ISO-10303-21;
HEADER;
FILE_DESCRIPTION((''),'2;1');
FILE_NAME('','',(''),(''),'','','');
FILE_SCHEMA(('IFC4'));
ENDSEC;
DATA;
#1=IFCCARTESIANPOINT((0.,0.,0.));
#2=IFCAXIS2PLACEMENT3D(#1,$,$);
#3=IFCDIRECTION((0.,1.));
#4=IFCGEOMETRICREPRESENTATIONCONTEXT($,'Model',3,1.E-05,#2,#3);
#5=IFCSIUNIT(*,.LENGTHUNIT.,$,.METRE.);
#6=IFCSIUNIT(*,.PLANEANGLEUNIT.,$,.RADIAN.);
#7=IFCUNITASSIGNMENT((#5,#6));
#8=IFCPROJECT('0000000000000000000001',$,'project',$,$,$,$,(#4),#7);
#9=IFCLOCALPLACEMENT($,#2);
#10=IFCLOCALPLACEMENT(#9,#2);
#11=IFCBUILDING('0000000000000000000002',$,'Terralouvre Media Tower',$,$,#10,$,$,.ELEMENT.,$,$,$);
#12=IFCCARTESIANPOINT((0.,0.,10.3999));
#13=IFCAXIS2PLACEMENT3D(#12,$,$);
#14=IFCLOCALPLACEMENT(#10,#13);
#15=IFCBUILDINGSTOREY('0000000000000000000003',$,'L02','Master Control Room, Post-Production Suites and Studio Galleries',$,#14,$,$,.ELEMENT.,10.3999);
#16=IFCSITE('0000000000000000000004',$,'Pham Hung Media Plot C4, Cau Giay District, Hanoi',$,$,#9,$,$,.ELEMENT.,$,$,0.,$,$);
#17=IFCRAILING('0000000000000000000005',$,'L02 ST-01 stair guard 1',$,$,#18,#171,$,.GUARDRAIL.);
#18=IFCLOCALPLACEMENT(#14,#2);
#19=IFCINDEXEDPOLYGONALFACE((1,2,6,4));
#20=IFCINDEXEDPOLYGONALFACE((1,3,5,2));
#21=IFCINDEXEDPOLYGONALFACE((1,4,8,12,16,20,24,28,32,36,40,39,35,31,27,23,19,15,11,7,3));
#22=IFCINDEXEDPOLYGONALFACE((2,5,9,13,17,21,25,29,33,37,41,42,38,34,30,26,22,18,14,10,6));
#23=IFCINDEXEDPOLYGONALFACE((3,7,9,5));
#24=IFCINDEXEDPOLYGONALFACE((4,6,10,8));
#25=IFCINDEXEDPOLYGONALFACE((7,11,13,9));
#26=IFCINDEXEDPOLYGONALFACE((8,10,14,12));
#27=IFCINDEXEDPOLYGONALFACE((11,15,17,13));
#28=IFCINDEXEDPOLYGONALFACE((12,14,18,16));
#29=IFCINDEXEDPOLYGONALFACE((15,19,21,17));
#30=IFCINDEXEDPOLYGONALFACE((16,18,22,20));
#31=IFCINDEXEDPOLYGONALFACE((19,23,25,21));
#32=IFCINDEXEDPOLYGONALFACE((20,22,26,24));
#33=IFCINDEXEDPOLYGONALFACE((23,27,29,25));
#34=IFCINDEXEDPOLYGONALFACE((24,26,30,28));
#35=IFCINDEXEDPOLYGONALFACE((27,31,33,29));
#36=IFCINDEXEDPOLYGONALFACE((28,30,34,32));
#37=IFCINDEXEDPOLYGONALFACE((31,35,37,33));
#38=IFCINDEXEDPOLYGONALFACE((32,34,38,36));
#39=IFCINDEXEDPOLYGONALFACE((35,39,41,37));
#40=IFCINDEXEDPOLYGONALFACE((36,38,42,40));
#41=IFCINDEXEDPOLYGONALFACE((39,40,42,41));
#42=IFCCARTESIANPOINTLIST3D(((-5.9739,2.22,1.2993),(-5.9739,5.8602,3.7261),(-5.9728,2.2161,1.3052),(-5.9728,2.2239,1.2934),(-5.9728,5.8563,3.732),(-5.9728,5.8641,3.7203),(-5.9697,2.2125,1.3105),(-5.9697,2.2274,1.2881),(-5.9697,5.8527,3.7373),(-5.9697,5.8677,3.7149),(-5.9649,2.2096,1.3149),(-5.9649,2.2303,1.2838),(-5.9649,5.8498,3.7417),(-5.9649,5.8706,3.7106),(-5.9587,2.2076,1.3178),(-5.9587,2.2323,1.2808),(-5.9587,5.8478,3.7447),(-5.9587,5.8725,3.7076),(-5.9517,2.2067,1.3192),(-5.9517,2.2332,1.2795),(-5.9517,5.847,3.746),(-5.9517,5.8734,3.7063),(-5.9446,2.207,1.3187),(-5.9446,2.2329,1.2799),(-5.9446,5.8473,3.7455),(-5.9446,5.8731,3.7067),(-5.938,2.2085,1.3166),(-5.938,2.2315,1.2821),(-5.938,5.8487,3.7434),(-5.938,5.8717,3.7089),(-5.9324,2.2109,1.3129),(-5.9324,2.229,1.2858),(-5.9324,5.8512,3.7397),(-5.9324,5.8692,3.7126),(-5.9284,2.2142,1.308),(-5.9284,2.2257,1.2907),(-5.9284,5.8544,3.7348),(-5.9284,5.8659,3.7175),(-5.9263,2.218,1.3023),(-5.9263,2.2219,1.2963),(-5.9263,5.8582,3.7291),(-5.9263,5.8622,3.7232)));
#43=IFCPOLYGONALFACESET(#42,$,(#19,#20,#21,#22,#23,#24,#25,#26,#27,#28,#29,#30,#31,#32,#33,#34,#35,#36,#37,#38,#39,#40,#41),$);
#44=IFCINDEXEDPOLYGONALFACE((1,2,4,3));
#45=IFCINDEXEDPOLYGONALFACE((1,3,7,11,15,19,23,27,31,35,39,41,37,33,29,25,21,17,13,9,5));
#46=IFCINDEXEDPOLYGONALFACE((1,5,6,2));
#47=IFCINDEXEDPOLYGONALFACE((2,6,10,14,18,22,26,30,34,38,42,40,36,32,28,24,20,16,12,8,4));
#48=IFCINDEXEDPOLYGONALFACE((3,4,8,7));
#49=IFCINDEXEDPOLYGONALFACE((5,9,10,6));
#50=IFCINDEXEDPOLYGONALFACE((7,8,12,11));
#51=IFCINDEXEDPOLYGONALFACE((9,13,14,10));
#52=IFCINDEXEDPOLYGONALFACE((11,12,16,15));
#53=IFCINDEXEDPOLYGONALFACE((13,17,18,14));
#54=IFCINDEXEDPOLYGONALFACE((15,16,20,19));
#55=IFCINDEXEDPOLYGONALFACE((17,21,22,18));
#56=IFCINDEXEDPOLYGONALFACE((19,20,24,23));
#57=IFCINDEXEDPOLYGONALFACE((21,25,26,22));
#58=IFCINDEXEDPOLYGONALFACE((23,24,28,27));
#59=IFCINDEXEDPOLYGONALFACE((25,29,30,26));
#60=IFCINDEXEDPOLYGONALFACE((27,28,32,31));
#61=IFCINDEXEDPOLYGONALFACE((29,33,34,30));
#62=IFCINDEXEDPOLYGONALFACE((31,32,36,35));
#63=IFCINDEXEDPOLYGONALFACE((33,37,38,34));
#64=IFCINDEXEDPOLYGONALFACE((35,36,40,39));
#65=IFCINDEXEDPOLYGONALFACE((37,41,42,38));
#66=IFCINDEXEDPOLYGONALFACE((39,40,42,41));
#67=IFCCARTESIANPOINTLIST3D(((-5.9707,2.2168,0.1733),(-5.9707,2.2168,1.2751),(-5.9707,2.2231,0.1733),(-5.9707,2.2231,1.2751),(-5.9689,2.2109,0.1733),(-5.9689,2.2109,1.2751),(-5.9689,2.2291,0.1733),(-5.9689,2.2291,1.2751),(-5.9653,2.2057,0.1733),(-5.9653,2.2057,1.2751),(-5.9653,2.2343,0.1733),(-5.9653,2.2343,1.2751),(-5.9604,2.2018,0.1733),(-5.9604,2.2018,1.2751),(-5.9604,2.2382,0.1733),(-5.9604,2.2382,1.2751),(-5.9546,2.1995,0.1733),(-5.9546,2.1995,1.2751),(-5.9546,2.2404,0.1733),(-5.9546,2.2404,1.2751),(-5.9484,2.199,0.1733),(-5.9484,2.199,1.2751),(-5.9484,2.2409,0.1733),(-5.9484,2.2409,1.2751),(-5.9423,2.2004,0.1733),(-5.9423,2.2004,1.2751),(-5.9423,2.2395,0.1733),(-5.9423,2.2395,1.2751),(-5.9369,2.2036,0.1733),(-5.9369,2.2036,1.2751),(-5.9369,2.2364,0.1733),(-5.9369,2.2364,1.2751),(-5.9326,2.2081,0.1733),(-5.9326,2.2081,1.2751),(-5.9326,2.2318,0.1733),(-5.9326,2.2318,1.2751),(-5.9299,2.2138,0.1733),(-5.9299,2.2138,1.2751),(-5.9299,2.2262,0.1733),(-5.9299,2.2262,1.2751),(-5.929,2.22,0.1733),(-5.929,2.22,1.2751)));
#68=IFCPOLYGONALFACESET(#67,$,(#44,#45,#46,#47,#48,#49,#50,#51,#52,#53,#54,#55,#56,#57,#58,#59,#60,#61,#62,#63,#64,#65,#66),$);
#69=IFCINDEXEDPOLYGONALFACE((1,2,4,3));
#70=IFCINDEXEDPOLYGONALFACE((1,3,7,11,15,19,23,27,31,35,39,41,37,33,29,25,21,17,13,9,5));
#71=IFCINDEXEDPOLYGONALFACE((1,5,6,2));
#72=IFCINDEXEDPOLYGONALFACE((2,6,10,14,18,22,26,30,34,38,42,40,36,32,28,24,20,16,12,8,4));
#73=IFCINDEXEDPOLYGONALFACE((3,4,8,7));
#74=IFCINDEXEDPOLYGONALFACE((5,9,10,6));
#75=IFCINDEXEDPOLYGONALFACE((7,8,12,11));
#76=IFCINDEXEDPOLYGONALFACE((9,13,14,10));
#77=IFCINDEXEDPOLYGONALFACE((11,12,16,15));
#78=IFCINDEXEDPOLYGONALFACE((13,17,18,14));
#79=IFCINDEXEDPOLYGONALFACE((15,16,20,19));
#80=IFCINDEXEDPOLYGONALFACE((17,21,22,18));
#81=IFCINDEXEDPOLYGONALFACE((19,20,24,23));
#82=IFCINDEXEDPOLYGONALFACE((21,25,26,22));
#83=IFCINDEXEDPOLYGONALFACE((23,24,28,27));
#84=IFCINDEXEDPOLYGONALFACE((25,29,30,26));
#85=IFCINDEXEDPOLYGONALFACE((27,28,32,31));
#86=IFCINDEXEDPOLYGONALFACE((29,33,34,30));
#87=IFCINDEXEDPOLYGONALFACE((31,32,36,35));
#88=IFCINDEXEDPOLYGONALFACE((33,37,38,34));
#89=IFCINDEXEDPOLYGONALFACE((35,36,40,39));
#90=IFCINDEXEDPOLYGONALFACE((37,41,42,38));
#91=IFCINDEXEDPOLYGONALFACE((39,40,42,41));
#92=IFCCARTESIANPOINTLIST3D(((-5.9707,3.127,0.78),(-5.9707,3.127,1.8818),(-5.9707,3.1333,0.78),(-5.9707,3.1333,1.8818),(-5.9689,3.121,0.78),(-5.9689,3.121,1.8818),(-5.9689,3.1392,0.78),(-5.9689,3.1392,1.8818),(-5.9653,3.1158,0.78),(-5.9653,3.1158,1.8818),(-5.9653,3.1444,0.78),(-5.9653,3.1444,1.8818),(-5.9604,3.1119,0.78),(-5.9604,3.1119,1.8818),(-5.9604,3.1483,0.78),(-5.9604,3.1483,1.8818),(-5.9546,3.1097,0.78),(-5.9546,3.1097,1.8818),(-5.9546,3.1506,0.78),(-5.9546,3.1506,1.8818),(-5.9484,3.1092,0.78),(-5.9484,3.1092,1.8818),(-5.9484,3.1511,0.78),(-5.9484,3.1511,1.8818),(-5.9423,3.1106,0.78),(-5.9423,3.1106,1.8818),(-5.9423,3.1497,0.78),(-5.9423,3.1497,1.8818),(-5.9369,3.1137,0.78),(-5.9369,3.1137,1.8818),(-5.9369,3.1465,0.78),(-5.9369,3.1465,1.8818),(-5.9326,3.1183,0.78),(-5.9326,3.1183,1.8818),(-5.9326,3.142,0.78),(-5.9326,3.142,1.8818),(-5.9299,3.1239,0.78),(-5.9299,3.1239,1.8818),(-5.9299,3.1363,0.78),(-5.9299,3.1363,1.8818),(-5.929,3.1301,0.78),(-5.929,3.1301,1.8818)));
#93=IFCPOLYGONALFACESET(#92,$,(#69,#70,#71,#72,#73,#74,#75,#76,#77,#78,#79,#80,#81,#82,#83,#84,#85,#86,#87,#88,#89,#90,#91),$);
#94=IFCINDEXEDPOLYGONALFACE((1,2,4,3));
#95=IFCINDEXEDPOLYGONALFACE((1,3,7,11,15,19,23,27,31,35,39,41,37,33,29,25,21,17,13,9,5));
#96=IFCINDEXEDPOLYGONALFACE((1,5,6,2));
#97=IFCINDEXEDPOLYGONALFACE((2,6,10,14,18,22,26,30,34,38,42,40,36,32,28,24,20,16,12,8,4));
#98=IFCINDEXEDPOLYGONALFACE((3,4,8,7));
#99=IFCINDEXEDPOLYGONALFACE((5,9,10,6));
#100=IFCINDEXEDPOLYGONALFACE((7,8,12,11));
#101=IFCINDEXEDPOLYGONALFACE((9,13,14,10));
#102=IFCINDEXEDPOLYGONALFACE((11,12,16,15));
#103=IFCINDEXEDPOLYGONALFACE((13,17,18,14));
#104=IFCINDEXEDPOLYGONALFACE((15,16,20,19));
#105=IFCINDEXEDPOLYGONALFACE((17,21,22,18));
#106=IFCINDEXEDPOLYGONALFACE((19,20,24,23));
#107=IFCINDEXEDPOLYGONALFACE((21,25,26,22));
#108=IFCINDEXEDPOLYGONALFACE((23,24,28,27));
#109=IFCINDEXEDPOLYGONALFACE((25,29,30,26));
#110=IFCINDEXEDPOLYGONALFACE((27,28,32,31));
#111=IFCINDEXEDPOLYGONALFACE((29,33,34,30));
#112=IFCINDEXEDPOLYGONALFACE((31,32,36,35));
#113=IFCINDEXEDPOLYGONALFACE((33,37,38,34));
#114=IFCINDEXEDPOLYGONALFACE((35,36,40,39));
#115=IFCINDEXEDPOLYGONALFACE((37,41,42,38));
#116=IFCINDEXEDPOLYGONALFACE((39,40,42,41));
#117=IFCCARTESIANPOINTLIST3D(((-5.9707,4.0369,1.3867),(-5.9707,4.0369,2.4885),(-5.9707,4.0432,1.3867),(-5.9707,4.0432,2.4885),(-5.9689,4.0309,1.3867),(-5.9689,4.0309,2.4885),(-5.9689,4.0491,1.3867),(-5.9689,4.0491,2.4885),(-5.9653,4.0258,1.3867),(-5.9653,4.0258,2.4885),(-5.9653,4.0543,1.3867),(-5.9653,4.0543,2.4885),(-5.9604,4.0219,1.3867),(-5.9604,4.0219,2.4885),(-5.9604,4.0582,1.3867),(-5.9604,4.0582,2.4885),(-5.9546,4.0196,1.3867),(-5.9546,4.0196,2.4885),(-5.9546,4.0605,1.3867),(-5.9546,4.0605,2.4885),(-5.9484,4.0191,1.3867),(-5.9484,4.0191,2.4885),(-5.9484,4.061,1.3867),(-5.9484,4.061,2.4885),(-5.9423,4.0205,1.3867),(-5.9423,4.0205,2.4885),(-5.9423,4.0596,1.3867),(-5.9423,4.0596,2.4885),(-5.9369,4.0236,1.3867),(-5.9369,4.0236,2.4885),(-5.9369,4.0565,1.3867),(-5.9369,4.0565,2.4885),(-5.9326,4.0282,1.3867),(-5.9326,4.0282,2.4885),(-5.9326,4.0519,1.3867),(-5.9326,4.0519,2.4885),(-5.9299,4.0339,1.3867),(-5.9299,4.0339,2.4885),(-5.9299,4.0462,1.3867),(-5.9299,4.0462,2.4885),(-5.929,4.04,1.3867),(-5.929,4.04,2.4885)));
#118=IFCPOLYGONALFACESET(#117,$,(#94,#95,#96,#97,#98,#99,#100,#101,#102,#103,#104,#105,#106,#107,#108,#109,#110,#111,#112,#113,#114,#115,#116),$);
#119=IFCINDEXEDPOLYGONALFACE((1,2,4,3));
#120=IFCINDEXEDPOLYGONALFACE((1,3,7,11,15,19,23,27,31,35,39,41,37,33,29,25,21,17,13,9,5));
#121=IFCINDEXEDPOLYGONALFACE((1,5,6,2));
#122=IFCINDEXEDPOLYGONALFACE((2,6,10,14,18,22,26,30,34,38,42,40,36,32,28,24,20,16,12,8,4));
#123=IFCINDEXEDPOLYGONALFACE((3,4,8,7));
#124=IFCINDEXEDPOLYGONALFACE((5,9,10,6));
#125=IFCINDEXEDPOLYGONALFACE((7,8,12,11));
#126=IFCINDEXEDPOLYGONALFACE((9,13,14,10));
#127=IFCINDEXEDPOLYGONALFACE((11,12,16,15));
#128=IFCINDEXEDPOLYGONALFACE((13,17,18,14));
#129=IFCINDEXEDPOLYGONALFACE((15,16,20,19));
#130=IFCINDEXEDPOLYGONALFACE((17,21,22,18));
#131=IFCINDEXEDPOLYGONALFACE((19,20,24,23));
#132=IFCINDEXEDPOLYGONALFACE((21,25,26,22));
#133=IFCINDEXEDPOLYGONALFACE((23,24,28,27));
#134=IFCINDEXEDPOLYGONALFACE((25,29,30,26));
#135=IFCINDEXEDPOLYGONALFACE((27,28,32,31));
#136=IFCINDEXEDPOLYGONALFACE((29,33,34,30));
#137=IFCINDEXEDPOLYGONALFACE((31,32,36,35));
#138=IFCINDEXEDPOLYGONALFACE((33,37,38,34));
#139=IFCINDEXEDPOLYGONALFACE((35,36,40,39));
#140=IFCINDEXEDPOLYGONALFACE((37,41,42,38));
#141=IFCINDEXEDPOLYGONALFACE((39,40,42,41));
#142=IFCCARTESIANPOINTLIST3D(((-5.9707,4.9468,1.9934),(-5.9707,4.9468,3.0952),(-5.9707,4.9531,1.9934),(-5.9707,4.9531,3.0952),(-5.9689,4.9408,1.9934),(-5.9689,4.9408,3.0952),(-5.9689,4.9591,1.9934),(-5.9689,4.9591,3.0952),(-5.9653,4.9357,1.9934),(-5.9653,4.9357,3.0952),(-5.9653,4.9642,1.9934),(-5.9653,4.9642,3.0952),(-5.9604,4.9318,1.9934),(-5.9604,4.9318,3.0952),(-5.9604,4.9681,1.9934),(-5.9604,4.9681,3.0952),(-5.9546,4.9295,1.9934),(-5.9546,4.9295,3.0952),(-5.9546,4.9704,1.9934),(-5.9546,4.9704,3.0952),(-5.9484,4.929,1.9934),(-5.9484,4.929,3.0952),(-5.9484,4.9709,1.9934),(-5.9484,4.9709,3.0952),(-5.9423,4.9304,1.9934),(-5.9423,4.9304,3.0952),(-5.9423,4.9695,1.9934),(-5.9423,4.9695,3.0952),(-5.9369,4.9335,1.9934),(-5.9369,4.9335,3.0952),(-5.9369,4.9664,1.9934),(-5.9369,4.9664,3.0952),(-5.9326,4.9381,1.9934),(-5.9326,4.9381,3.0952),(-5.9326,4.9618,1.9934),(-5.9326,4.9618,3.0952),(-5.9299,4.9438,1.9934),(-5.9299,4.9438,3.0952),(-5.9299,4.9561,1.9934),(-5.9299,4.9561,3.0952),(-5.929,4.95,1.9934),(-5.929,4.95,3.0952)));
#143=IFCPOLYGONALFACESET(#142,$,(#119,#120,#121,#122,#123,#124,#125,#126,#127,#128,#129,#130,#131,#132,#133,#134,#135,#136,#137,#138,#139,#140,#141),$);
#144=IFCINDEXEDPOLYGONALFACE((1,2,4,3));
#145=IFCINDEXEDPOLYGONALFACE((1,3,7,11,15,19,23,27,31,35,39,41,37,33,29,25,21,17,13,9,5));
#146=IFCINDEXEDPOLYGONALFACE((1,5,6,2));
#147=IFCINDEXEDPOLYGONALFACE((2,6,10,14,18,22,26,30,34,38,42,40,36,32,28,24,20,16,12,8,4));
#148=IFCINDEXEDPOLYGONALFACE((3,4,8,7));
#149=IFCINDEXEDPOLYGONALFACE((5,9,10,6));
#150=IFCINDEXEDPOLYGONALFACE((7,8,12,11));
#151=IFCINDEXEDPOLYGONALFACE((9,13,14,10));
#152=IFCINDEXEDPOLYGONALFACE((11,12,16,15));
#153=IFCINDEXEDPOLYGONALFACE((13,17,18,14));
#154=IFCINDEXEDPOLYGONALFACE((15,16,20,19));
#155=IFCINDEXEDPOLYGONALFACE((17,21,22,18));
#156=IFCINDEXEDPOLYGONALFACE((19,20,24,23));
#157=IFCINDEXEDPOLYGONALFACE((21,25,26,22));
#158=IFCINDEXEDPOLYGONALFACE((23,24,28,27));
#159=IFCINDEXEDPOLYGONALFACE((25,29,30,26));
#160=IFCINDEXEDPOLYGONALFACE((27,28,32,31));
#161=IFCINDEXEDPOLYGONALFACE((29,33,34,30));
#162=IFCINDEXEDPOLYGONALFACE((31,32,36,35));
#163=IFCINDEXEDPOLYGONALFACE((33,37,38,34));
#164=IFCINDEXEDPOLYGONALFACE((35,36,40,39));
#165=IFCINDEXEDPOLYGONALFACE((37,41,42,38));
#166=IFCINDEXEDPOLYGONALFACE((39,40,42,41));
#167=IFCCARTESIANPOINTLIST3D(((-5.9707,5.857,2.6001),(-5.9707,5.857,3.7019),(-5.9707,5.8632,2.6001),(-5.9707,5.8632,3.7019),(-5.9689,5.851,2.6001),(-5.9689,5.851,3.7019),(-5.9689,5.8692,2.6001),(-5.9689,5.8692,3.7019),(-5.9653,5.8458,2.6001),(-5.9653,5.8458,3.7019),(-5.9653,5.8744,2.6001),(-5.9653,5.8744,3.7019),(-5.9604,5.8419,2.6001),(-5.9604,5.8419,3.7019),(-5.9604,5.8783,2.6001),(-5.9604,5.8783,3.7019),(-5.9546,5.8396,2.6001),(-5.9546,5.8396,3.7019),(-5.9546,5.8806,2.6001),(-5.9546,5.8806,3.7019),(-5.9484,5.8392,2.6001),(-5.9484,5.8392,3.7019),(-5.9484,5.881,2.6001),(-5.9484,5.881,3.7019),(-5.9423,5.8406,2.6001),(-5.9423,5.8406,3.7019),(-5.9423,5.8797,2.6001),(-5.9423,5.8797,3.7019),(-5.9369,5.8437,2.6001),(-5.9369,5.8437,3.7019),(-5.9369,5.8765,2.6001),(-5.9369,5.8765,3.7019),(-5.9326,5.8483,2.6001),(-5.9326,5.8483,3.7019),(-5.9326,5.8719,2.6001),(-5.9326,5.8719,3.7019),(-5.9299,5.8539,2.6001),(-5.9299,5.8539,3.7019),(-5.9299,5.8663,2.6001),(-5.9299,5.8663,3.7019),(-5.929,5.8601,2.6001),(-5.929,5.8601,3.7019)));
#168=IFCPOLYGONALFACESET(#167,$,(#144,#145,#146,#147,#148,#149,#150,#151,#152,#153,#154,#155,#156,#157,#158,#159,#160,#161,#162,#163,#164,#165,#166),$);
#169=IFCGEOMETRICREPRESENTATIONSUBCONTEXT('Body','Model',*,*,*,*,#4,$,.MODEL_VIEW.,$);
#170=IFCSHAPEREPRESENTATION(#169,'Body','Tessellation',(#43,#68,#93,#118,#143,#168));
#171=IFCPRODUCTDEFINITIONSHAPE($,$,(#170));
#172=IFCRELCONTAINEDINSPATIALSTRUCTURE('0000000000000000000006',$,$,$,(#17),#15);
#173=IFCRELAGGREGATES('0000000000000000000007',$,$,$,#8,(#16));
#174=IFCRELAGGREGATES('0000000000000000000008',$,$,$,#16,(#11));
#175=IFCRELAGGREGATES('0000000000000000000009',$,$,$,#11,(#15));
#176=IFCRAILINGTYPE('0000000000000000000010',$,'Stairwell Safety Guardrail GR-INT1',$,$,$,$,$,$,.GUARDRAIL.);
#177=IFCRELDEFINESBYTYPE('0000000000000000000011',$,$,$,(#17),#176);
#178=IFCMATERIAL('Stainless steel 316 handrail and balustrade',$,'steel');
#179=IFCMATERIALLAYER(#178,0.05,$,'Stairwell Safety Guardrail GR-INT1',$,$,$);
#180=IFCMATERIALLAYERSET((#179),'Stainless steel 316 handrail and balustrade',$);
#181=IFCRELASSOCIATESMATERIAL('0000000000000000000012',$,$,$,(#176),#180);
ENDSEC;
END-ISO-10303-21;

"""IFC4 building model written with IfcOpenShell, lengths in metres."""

from ifc_helpers import new_model, si_unit, direction, frame, origin, origin_2d, place, context, subcontext, project, spatial, circle, extrude, material, layer, layer_set, type_object, element, save


model = new_model("IFC4")

# Units and contexts
model_context = context("Model", 3, precision=1e-05, world=origin(), true_north=direction((0.0, 1.0)))
body_context = subcontext(model_context, "Body", "Model", "MODEL_VIEW")
ifc_project = project(units=[si_unit("LENGTHUNIT", "METRE"), si_unit("PLANEANGLEUNIT", "RADIAN")], contexts=[model_context])

# Site, building, storey
site_placement = place(None, origin())
site = spatial("IfcSite", under=ifc_project, at=site_placement, Name="Pham Hung Media Plot C4, Cau Giay District, Hanoi", CompositionType="ELEMENT", RefElevation=0.0)
building_placement = place(site_placement, origin())
building = spatial("IfcBuilding", under=site, at=building_placement, Name="Terralouvre Media Tower", CompositionType="ELEMENT")
storey_placement = place(building_placement, frame((0.0, 0.0, 10.3999)))
storey = spatial("IfcBuildingStorey", under=building, at=storey_placement, Name="L02", Description="Master Control Room, Post-Production Suites and Studio Galleries", CompositionType="ELEMENT", Elevation=10.3999)

# Railing
ifc_material_1 = material(Name="Stainless steel 316 handrail and balustrade", Category="steel")
ifc_layer_1 = layer(ifc_material_1, 0.05, Name="Stairwell Safety Guardrail GR-INT1")
ifc_layer_set_1 = layer_set([ifc_layer_1], Name="Stainless steel 316 handrail and balustrade")
railing_type_1 = type_object("IfcRailingType", Name="Stairwell Safety Guardrail GR-INT1", PredefinedType="GUARDRAIL", material=ifc_layer_set_1)
railing_1_placement = place(storey_placement, frame((-5.95, 2.22, 0.1733)))
element("IfcRailing", 1, at=railing_1_placement, inside=storey, type_object=railing_type_1, Name="L02 ST-01 stair guard 1", PredefinedType="GUARDRAIL", context=body_context, shape_type="SweptSolid", body=[
    extrude(circle(Radius=0.0239, at=origin_2d()), frame((0.0, 0.0, 1.126), z_axis=(0.0, 0.83205, 0.5547), x_axis=(-1.0, 0.0, 0.0)), (0.0, 0.0, 1.0), 4.375),
    extrude(circle(Radius=0.021, at=origin_2d()), origin(), (0.0, 0.0, 1.0), 1.1018),
    extrude(circle(Radius=0.021, at=origin_2d()), frame((0.0, 0.9102, 0.6067)), (0.0, 0.0, 1.0), 1.1018),
    extrude(circle(Radius=0.021, at=origin_2d()), frame((0.0, 1.8201, 1.2134)), (0.0, 0.0, 1.0), 1.1018),
    extrude(circle(Radius=0.021, at=origin_2d()), frame((0.0, 2.73, 1.8201)), (0.0, 0.0, 1.0), 1.1018),
    extrude(circle(Radius=0.021, at=origin_2d()), frame((0.0, 3.6401, 2.4268)), (0.0, 0.0, 1.0), 1.1018),
])

save(model, "model.ifc")
